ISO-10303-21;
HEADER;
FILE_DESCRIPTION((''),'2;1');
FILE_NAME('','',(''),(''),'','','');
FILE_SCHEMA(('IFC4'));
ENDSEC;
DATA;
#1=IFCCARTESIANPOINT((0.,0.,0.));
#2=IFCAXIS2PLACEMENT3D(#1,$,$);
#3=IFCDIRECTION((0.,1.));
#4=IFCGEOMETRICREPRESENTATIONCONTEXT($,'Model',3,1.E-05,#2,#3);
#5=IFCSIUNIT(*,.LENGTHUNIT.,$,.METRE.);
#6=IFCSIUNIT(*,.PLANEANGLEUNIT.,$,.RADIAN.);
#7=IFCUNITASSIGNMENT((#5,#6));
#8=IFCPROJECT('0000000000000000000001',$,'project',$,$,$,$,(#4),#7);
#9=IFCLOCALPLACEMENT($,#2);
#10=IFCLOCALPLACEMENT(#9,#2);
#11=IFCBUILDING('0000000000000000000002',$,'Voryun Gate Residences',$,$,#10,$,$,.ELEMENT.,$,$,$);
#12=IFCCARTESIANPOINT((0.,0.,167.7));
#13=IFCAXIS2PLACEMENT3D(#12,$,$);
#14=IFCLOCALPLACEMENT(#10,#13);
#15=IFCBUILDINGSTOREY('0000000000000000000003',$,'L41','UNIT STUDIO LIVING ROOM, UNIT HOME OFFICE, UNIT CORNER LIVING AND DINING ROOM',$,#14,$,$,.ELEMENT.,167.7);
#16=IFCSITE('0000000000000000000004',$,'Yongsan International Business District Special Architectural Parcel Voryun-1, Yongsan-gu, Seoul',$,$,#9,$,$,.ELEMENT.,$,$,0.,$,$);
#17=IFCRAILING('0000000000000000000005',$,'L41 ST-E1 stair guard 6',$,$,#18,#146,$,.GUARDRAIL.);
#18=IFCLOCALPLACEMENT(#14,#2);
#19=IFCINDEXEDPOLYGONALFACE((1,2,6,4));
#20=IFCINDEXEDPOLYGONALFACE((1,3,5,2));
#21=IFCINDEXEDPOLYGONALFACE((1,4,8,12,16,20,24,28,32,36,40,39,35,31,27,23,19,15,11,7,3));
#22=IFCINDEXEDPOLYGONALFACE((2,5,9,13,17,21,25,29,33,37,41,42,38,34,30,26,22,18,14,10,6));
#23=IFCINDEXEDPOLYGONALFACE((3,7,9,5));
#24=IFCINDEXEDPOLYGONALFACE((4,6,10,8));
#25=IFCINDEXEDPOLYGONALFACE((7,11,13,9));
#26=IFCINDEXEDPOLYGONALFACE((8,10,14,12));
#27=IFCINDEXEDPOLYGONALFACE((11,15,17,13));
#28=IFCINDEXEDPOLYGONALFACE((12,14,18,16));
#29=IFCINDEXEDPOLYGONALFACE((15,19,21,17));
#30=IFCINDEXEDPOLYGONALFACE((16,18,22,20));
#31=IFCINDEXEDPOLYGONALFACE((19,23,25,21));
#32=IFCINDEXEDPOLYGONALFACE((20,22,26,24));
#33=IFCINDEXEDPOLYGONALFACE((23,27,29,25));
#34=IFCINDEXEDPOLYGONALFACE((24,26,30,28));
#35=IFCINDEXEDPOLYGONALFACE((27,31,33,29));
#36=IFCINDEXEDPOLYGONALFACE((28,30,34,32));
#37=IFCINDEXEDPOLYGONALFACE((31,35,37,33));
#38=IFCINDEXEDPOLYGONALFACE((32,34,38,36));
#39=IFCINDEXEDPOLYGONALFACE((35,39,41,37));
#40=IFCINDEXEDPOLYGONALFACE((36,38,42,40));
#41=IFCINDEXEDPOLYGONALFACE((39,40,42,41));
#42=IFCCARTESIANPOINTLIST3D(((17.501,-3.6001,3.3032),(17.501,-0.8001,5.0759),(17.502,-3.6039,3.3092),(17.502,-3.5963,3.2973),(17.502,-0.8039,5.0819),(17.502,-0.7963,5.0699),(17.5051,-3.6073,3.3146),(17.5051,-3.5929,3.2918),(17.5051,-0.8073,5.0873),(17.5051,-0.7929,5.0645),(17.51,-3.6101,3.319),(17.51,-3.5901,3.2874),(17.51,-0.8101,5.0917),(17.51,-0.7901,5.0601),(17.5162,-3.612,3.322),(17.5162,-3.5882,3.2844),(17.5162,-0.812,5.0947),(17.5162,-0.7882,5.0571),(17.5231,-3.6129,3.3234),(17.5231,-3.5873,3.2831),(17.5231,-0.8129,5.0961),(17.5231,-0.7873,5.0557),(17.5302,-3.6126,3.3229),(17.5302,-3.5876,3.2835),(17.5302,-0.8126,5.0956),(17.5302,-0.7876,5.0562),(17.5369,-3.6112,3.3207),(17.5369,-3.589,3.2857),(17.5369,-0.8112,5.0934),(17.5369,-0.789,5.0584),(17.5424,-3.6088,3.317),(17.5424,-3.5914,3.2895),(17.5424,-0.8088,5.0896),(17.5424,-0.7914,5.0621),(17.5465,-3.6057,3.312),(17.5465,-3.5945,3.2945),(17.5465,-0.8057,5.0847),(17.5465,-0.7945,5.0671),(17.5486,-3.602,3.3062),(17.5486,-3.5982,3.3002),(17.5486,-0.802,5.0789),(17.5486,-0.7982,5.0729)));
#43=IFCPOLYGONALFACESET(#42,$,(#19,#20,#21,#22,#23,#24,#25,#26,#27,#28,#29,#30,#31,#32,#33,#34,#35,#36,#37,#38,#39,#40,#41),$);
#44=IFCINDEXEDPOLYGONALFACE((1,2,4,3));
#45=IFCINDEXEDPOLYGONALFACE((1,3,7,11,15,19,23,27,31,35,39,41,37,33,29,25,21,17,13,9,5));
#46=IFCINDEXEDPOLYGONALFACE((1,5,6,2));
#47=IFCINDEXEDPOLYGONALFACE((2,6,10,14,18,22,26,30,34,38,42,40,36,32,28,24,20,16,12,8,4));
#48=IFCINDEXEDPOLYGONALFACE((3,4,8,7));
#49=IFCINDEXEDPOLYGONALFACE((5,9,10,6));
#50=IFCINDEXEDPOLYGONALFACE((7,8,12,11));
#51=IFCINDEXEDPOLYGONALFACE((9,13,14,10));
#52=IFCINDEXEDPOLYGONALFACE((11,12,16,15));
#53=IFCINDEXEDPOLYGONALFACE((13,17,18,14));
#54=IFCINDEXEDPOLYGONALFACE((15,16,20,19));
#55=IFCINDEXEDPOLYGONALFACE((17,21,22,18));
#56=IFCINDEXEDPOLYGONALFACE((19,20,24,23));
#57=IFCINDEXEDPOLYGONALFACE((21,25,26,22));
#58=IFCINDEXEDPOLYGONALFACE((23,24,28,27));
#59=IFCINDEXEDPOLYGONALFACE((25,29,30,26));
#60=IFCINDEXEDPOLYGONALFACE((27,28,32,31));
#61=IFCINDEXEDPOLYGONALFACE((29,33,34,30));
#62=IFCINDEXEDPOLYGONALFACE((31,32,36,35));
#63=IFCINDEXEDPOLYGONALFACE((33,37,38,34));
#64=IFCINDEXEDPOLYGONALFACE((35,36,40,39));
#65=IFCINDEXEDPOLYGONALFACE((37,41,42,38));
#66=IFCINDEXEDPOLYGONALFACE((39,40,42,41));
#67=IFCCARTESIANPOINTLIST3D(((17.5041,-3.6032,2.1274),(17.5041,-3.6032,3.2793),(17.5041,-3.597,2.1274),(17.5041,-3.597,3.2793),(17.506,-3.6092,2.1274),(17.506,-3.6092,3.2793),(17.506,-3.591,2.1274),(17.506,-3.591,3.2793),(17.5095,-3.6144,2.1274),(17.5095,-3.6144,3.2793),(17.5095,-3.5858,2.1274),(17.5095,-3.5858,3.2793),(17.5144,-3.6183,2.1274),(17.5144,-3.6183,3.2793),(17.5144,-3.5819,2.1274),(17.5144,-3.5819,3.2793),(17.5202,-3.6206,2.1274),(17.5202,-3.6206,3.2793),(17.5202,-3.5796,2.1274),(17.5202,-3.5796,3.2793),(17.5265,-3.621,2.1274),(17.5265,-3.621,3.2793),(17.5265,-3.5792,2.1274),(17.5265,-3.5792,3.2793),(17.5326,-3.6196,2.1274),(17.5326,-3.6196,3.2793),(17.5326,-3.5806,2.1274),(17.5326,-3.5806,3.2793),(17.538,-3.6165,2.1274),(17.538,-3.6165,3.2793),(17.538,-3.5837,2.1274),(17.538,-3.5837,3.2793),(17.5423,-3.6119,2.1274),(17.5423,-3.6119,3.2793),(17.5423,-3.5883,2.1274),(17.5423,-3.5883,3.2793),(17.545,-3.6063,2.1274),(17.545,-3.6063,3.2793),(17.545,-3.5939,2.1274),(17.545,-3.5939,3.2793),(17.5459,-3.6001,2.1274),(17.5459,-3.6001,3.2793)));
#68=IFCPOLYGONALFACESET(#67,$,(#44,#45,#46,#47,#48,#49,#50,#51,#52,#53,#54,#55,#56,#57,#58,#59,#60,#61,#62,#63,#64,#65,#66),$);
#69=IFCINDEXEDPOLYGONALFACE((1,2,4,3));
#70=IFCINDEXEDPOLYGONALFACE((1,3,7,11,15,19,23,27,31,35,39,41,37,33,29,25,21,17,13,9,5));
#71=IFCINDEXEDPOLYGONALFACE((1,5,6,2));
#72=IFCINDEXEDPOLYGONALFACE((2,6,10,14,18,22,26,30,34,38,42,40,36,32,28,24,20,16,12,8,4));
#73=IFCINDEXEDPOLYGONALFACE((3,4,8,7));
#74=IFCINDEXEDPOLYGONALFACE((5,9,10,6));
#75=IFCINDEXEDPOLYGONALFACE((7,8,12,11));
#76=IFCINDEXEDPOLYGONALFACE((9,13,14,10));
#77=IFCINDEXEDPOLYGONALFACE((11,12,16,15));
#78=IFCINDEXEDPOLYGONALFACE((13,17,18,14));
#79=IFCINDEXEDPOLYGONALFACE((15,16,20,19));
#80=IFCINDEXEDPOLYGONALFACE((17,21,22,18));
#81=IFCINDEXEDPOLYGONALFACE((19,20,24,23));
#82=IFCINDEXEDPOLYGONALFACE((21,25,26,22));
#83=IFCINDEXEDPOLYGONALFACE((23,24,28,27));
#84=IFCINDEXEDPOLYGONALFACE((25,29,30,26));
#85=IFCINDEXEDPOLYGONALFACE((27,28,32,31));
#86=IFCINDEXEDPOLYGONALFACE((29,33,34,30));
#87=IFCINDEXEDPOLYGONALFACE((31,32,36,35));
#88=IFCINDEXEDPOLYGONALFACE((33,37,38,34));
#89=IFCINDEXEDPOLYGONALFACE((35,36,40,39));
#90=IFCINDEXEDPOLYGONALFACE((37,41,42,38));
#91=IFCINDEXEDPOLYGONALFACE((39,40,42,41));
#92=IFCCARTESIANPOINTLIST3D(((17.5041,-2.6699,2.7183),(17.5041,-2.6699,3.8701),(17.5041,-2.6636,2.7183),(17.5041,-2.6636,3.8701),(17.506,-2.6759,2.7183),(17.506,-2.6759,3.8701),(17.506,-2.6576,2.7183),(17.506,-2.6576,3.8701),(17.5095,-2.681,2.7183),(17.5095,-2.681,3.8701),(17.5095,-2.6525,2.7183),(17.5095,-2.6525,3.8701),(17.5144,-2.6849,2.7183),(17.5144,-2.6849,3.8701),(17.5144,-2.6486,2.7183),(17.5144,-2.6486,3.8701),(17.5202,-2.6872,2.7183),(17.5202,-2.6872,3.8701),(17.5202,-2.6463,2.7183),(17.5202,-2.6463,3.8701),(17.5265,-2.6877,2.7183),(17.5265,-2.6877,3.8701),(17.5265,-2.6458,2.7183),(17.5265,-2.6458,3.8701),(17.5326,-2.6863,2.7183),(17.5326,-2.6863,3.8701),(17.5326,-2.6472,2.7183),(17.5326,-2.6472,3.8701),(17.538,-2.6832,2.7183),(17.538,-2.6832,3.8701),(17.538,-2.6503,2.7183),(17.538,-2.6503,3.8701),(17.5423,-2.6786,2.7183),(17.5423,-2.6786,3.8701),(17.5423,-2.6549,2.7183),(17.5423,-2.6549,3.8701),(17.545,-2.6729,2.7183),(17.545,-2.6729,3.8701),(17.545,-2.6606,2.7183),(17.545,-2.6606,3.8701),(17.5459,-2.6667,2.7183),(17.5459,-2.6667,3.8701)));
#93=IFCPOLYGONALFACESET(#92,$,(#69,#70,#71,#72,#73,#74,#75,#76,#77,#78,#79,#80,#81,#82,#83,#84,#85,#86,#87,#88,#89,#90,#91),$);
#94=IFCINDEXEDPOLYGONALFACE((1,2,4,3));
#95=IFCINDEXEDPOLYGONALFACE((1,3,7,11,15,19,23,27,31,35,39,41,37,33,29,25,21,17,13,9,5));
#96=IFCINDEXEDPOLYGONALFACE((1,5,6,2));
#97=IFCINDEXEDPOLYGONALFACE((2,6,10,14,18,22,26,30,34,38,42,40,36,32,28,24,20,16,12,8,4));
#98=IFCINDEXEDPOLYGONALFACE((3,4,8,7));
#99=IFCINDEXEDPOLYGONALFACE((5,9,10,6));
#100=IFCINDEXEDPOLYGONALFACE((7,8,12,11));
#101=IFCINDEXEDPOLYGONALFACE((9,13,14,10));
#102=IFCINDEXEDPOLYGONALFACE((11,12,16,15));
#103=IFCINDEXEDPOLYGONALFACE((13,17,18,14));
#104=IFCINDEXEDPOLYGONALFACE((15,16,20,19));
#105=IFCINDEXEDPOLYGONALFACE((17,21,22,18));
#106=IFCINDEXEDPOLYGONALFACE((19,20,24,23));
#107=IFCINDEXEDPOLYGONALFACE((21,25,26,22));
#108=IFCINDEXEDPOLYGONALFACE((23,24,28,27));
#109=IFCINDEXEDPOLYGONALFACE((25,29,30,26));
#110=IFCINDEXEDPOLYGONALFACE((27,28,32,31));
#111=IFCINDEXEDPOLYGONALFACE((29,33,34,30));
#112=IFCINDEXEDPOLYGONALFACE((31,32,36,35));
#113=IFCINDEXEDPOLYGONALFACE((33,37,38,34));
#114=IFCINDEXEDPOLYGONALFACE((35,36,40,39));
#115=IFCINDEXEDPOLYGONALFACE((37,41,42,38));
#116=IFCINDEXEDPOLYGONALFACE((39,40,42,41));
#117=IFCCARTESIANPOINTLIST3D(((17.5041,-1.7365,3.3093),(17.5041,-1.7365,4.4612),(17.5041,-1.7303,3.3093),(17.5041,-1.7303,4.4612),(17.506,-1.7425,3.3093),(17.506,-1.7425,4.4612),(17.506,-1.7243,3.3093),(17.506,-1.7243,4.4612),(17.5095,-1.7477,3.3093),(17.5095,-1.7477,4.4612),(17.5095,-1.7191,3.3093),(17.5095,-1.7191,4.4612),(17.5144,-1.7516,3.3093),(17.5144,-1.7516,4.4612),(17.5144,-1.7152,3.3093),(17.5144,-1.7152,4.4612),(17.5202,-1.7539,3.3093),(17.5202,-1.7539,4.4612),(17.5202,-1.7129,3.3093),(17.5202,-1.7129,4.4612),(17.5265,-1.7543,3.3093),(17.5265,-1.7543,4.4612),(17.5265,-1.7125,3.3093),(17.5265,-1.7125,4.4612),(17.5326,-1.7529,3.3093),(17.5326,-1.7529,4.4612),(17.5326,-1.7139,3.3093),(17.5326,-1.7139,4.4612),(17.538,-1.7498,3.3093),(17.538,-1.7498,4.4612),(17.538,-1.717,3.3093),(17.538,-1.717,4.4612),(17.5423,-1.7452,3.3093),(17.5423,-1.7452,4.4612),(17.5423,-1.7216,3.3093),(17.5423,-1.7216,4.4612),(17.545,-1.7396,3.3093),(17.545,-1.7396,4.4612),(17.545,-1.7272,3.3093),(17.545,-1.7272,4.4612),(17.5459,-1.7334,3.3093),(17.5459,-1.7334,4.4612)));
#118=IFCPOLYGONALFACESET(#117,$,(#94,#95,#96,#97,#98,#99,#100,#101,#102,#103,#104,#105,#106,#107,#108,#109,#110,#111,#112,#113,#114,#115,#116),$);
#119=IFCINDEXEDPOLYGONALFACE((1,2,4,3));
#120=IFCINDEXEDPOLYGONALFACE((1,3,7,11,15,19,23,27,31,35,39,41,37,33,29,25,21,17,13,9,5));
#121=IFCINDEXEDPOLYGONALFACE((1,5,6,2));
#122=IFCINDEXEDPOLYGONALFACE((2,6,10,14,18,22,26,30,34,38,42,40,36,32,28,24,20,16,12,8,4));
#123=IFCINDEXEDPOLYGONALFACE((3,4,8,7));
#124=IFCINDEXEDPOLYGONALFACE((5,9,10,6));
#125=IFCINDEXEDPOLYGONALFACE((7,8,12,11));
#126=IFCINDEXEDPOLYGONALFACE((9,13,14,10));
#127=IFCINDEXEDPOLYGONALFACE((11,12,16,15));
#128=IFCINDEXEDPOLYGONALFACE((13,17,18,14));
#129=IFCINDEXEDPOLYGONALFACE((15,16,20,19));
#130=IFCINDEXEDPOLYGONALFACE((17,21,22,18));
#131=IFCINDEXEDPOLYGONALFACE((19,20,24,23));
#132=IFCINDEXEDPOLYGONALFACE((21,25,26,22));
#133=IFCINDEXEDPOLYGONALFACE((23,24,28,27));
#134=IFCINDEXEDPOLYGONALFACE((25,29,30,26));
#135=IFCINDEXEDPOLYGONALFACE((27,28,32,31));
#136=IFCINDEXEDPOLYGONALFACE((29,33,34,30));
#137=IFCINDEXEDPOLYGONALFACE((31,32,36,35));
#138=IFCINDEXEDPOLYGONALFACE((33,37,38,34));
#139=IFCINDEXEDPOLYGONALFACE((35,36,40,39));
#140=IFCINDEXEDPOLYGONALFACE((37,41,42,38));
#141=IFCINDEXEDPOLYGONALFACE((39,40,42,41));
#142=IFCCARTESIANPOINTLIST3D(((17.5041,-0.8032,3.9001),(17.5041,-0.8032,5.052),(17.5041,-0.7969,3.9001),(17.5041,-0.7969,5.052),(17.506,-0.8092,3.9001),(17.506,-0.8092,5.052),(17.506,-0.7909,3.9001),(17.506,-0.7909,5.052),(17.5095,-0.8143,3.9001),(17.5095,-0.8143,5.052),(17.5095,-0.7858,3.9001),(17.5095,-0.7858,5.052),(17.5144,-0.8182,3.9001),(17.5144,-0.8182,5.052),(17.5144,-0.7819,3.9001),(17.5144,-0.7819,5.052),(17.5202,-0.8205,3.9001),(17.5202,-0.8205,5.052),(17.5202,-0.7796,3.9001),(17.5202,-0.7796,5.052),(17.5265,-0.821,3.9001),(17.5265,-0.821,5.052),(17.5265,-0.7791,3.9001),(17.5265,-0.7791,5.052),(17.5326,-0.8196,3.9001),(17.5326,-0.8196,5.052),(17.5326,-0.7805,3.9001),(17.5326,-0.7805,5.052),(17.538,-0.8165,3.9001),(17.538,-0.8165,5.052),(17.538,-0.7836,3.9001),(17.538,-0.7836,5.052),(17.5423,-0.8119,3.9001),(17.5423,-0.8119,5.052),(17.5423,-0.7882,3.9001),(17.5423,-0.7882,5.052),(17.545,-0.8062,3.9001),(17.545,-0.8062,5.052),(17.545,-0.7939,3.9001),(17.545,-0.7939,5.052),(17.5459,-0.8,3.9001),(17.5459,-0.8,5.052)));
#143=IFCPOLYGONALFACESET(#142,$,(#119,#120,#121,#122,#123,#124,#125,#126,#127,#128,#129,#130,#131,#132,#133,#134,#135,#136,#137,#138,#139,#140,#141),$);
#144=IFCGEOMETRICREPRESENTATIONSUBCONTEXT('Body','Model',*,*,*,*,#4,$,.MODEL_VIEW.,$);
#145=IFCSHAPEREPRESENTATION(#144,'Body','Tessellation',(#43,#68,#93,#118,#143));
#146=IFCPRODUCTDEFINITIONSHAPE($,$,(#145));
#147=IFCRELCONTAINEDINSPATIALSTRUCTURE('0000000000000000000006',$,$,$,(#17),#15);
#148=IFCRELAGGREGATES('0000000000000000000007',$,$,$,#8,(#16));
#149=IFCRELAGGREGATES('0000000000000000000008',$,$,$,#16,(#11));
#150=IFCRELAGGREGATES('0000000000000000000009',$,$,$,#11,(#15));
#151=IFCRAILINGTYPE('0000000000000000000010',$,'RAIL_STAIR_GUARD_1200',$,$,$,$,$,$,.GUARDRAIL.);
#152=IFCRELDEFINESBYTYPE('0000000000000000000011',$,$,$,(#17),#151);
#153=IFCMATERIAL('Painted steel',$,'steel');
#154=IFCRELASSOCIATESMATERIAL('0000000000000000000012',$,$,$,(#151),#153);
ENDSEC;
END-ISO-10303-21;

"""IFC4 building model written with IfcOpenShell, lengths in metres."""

from ifc_helpers import new_model, si_unit, direction, frame, origin, origin_2d, place, context, subcontext, project, spatial, circle, extrude, material, type_object, element, save


model = new_model("IFC4")

# Units and contexts
model_context = context("Model", 3, precision=1e-05, world=origin(), true_north=direction((0.0, 1.0)))
body_context = subcontext(model_context, "Body", "Model", "MODEL_VIEW")
ifc_project = project(units=[si_unit("LENGTHUNIT", "METRE"), si_unit("PLANEANGLEUNIT", "RADIAN")], contexts=[model_context])

# Site, building, storey
site_placement = place(None, origin())
site = spatial("IfcSite", under=ifc_project, at=site_placement, Name="Yongsan International Business District Special Architectural Parcel Voryun-1, Yongsan-gu, Seoul", CompositionType="ELEMENT", RefElevation=0.0)
building_placement = place(site_placement, origin())
building = spatial("IfcBuilding", under=site, at=building_placement, Name="Voryun Gate Residences", CompositionType="ELEMENT")
storey_placement = place(building_placement, frame((0.0, 0.0, 167.7)))
storey = spatial("IfcBuildingStorey", under=building, at=storey_placement, Name="L41", Description="UNIT STUDIO LIVING ROOM, UNIT HOME OFFICE, UNIT CORNER LIVING AND DINING ROOM", CompositionType="ELEMENT", Elevation=167.7)

# Railing
ifc_material_1 = material(Name="Painted steel", Category="steel")
railing_type_1 = type_object("IfcRailingType", Name="RAIL_STAIR_GUARD_1200", PredefinedType="GUARDRAIL", material=ifc_material_1)
railing_1_placement = place(storey_placement, frame((17.5249, -3.6001, 2.1274)))
element("IfcRailing", 1, at=railing_1_placement, inside=storey, type_object=railing_type_1, Name="L41 ST-E1 stair guard 6", PredefinedType="GUARDRAIL", context=body_context, shape_type="SweptSolid", body=[
    extrude(circle(Radius=0.0239, at=origin_2d()), frame((0.0, 0.0, 1.1758), z_axis=(0.0, 0.844909, 0.53491), x_axis=(-1.0, 0.0, 0.0)), (0.0, 0.0, 1.0), 3.314),
    extrude(circle(Radius=0.021, at=origin_2d()), origin(), (0.0, 0.0, 1.0), 1.1519),
    extrude(circle(Radius=0.021, at=origin_2d()), frame((0.0, 0.9333, 0.5908)), (0.0, 0.0, 1.0), 1.1519),
    extrude(circle(Radius=0.021, at=origin_2d()), frame((0.0, 1.8667, 1.1819)), (0.0, 0.0, 1.0), 1.1519),
    extrude(circle(Radius=0.021, at=origin_2d()), frame((0.0, 2.8, 1.7727)), (0.0, 0.0, 1.0), 1.1519),
])

save(model, "model.ifc")
